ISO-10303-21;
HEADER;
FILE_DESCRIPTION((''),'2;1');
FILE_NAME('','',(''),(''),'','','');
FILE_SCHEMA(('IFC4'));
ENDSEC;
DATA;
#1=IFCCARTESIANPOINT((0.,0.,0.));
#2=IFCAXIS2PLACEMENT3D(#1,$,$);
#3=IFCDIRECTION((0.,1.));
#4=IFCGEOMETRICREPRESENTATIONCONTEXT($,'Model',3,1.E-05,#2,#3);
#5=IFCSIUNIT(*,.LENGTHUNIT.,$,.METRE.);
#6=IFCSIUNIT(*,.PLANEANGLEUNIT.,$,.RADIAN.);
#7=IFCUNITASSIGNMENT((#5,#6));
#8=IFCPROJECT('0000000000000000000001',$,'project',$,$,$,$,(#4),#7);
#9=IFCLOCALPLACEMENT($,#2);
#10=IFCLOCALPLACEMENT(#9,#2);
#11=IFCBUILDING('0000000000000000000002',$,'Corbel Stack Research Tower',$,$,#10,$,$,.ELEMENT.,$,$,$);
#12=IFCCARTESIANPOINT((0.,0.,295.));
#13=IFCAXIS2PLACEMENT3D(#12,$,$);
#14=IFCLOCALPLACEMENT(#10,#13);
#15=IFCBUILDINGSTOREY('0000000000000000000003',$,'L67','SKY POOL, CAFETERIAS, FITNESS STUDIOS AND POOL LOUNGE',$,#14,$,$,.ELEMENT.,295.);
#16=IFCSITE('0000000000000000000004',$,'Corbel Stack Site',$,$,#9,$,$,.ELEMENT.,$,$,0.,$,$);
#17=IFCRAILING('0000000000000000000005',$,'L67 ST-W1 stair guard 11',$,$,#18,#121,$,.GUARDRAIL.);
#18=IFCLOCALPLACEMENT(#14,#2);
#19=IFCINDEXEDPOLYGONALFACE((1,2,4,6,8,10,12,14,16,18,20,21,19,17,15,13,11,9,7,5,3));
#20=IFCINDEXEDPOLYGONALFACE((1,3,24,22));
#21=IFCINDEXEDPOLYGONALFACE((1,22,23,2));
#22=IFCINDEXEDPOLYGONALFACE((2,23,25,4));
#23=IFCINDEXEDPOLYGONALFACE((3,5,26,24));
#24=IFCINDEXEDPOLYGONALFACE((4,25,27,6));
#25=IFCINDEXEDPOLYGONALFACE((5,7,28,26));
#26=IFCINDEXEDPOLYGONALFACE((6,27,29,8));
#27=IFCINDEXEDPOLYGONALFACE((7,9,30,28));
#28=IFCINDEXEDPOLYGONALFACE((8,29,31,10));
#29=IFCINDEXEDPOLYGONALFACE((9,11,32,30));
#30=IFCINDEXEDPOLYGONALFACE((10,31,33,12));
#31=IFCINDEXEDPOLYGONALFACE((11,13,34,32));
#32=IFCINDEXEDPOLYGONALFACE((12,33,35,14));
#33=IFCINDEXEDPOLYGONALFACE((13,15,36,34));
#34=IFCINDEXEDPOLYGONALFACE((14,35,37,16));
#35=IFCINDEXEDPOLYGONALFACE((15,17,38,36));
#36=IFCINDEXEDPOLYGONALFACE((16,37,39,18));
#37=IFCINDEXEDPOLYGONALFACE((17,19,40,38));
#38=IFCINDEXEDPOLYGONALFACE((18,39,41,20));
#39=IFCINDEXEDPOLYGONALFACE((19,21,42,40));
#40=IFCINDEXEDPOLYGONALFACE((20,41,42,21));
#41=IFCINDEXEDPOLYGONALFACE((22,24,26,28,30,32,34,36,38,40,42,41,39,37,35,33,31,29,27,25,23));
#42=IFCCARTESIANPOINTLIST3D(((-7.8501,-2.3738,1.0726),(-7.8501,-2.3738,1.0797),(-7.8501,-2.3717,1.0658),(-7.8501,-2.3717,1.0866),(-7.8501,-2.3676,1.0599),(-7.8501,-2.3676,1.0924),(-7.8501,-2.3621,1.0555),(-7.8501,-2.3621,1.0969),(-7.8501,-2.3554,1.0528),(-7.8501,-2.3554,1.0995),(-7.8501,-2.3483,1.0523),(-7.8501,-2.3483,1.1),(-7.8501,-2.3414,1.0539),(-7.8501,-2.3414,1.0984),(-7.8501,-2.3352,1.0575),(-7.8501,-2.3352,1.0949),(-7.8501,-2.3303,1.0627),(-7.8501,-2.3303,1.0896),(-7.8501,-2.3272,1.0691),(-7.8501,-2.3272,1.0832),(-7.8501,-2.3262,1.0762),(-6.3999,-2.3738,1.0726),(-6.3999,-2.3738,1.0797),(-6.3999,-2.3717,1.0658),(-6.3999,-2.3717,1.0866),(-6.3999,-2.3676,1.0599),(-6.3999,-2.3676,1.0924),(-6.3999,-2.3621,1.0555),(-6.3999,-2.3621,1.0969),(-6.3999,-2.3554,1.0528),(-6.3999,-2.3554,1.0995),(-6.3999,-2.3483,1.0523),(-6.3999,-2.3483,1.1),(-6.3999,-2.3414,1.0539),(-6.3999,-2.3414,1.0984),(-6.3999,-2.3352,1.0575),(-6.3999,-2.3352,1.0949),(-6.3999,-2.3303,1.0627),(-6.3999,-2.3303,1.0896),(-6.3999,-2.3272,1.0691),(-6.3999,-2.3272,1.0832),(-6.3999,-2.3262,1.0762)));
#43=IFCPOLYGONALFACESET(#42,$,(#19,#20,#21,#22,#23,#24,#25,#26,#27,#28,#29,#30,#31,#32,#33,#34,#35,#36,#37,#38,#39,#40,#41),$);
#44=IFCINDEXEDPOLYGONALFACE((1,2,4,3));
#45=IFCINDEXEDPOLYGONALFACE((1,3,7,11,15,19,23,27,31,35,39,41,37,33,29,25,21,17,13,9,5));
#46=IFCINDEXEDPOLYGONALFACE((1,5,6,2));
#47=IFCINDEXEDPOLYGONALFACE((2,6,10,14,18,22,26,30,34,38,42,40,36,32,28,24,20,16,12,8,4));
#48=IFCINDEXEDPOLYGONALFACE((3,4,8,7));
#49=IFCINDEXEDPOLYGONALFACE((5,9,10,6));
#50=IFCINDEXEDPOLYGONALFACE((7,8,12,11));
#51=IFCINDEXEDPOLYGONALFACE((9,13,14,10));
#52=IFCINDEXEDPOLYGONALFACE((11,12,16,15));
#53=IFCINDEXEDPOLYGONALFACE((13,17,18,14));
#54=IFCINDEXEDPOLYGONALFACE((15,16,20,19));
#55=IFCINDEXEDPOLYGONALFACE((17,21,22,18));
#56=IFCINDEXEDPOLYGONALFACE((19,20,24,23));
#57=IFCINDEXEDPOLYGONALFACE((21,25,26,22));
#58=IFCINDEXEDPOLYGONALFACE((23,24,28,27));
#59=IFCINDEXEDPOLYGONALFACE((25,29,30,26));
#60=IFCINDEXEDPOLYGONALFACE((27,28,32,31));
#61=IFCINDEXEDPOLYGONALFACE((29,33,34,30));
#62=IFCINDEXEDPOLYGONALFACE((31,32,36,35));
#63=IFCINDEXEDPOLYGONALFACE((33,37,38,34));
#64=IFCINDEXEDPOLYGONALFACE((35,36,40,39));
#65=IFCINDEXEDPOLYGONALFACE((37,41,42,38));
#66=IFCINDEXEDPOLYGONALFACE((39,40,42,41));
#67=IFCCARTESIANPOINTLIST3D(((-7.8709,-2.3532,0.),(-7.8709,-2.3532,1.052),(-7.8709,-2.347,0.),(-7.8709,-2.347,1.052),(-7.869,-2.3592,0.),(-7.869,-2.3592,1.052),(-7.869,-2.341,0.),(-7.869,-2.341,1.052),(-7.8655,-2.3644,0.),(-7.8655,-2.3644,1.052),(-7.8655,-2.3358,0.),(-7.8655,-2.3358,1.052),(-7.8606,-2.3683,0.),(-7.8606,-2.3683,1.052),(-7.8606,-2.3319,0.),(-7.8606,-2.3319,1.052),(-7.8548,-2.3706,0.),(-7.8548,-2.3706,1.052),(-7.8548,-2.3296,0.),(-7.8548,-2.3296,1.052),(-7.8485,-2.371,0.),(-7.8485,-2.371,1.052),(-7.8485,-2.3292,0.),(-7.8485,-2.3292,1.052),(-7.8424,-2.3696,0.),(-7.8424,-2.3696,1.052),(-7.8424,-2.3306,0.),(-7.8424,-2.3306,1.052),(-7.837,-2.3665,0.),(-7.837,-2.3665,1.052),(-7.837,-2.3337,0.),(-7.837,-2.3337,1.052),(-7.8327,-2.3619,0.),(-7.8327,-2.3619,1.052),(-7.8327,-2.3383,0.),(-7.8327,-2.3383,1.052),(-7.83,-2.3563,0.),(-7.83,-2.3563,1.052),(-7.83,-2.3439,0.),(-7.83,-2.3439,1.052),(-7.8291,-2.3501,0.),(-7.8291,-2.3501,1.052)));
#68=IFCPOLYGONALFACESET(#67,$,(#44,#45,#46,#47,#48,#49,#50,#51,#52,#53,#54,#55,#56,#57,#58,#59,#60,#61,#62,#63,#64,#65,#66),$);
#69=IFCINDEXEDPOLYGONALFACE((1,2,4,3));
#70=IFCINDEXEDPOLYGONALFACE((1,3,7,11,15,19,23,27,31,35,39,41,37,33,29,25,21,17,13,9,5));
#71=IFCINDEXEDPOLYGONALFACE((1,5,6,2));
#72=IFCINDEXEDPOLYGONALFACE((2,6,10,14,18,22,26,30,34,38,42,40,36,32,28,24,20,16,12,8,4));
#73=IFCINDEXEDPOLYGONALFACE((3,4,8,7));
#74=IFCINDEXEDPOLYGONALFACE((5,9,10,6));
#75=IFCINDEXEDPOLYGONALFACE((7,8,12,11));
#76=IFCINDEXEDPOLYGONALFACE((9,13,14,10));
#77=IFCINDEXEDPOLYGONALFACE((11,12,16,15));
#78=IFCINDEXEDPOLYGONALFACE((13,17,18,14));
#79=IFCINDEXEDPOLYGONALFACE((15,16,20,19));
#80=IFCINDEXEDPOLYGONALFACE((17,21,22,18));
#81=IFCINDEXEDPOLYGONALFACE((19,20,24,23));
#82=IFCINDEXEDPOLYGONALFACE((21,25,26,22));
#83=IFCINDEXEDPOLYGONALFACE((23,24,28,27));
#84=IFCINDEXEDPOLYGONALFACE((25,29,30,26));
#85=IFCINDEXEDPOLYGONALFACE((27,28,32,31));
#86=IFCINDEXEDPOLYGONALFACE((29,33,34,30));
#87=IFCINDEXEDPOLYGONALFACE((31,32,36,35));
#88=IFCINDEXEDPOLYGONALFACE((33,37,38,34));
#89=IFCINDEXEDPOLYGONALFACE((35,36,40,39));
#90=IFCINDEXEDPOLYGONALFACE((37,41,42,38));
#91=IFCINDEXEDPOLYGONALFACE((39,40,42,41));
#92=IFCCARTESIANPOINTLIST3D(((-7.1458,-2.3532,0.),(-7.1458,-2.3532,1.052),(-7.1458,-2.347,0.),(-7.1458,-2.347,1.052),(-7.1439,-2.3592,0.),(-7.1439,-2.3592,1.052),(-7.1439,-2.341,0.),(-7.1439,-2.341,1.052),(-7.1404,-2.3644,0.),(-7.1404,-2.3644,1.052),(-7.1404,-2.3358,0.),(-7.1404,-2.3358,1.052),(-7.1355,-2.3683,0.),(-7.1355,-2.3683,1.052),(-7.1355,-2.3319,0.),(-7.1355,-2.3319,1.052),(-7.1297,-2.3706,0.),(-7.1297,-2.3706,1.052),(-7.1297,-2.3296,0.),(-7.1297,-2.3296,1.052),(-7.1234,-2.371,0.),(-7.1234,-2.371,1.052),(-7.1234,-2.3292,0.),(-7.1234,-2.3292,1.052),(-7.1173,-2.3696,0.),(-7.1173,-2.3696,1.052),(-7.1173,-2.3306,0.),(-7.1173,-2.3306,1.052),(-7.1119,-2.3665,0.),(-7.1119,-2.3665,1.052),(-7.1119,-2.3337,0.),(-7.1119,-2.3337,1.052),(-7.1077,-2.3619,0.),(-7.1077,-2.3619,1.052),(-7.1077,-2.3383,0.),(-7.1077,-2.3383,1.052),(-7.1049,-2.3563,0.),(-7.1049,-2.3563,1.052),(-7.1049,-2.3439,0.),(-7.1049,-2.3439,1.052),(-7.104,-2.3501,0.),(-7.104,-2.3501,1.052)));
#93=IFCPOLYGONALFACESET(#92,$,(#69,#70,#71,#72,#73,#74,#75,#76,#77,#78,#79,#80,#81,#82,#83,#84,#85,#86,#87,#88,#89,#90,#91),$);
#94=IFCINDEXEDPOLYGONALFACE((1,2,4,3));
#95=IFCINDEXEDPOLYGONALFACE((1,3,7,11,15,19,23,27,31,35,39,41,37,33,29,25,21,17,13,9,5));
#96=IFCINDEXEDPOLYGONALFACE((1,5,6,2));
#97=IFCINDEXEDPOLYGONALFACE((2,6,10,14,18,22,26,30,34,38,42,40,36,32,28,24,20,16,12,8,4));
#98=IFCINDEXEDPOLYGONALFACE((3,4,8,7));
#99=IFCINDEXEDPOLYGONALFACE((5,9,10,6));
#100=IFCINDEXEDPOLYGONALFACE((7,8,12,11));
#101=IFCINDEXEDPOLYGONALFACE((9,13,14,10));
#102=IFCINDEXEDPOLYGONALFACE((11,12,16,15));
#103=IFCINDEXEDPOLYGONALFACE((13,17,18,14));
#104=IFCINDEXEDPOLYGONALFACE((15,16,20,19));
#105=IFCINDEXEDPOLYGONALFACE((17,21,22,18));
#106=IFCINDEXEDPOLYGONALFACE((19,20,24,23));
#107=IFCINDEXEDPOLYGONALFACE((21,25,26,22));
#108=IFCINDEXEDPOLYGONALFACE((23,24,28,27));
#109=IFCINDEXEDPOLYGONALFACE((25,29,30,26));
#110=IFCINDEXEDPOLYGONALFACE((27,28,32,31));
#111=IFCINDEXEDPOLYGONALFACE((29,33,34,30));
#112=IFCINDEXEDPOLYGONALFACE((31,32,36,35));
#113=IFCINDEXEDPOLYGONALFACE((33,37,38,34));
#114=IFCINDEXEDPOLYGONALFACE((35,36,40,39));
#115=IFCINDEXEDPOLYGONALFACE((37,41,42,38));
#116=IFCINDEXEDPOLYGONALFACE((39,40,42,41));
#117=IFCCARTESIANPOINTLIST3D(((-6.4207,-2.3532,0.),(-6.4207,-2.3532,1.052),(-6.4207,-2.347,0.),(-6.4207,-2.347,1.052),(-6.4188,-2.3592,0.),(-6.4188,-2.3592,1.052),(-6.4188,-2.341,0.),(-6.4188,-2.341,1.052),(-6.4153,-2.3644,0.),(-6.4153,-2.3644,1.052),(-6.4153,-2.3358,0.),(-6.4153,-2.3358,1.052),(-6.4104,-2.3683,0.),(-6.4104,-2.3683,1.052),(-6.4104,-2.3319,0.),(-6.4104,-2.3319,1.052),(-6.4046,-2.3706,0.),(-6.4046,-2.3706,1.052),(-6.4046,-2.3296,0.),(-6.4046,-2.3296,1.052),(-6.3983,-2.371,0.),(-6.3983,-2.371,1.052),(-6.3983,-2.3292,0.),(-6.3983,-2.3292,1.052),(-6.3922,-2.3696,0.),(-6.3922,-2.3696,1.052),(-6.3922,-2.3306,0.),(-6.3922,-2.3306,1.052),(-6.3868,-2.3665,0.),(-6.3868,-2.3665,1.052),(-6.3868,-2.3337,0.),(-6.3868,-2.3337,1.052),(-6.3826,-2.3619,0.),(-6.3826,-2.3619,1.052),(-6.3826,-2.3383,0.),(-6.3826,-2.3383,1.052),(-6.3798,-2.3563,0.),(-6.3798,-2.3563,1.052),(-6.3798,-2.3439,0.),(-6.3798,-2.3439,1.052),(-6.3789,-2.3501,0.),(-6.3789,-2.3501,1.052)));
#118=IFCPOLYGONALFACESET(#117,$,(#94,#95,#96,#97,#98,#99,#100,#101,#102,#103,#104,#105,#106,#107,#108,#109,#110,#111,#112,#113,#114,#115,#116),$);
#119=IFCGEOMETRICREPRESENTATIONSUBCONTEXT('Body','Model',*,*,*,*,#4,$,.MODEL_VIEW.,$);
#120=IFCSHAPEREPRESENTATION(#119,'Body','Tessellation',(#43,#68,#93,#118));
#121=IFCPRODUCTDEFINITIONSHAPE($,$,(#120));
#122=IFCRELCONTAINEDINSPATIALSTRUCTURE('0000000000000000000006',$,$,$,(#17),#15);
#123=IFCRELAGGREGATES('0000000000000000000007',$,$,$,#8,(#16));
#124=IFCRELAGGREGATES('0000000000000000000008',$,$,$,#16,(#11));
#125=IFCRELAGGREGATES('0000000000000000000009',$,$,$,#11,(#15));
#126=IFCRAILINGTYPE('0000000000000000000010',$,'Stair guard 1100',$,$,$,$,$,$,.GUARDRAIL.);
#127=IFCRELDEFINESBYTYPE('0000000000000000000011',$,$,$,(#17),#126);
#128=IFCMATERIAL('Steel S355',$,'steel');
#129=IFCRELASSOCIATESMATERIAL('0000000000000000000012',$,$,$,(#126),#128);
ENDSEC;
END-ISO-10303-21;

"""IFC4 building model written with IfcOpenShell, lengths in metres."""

from ifc_helpers import new_model, si_unit, direction, frame, origin, origin_2d, place, context, subcontext, project, spatial, circle, extrude, material, type_object, element, save


model = new_model("IFC4")

# Units and contexts
model_context = context("Model", 3, precision=1e-05, world=origin(), true_north=direction((0.0, 1.0)))
body_context = subcontext(model_context, "Body", "Model", "MODEL_VIEW")
ifc_project = project(units=[si_unit("LENGTHUNIT", "METRE"), si_unit("PLANEANGLEUNIT", "RADIAN")], contexts=[model_context])

# Site, building, storey
site_placement = place(None, origin())
site = spatial("IfcSite", under=ifc_project, at=site_placement, Name="Corbel Stack Site", CompositionType="ELEMENT", RefElevation=0.0)
building_placement = place(site_placement, origin())
building = spatial("IfcBuilding", under=site, at=building_placement, Name="Corbel Stack Research Tower", CompositionType="ELEMENT")
storey_placement = place(building_placement, frame((0.0, 0.0, 295.0)))
storey = spatial("IfcBuildingStorey", under=building, at=storey_placement, Name="L67", Description="SKY POOL, CAFETERIAS, FITNESS STUDIOS AND POOL LOUNGE", CompositionType="ELEMENT", Elevation=295.0)

# Railing
ifc_material_1 = material(Name="Steel S355", Category="steel")
railing_type_1 = type_object("IfcRailingType", Name="Stair guard 1100", PredefinedType="GUARDRAIL", material=ifc_material_1)
railing_1_placement = place(storey_placement, frame((-7.8501, -2.3501, 0.0)))
element("IfcRailing", 1, at=railing_1_placement, inside=storey, type_object=railing_type_1, Name="L67 ST-W1 stair guard 11", PredefinedType="GUARDRAIL", context=body_context, shape_type="SweptSolid", body=[
    extrude(circle(Radius=0.0239, at=origin_2d()), frame((0.0, 0.0, 1.0762), z_axis=(1.0, 0.0, 0.0), x_axis=(0.0, 1.0, 0.0)), (0.0, 0.0, 1.0), 1.4502),
    extrude(circle(Radius=0.021, at=origin_2d()), origin(), (0.0, 0.0, 1.0), 1.052),
    extrude(circle(Radius=0.021, at=origin_2d()), frame((0.7251, 0.0, 0.0)), (0.0, 0.0, 1.0), 1.052),
    extrude(circle(Radius=0.021, at=origin_2d()), frame((1.4502, 0.0, 0.0)), (0.0, 0.0, 1.0), 1.052),
])

save(model, "model.ifc")
